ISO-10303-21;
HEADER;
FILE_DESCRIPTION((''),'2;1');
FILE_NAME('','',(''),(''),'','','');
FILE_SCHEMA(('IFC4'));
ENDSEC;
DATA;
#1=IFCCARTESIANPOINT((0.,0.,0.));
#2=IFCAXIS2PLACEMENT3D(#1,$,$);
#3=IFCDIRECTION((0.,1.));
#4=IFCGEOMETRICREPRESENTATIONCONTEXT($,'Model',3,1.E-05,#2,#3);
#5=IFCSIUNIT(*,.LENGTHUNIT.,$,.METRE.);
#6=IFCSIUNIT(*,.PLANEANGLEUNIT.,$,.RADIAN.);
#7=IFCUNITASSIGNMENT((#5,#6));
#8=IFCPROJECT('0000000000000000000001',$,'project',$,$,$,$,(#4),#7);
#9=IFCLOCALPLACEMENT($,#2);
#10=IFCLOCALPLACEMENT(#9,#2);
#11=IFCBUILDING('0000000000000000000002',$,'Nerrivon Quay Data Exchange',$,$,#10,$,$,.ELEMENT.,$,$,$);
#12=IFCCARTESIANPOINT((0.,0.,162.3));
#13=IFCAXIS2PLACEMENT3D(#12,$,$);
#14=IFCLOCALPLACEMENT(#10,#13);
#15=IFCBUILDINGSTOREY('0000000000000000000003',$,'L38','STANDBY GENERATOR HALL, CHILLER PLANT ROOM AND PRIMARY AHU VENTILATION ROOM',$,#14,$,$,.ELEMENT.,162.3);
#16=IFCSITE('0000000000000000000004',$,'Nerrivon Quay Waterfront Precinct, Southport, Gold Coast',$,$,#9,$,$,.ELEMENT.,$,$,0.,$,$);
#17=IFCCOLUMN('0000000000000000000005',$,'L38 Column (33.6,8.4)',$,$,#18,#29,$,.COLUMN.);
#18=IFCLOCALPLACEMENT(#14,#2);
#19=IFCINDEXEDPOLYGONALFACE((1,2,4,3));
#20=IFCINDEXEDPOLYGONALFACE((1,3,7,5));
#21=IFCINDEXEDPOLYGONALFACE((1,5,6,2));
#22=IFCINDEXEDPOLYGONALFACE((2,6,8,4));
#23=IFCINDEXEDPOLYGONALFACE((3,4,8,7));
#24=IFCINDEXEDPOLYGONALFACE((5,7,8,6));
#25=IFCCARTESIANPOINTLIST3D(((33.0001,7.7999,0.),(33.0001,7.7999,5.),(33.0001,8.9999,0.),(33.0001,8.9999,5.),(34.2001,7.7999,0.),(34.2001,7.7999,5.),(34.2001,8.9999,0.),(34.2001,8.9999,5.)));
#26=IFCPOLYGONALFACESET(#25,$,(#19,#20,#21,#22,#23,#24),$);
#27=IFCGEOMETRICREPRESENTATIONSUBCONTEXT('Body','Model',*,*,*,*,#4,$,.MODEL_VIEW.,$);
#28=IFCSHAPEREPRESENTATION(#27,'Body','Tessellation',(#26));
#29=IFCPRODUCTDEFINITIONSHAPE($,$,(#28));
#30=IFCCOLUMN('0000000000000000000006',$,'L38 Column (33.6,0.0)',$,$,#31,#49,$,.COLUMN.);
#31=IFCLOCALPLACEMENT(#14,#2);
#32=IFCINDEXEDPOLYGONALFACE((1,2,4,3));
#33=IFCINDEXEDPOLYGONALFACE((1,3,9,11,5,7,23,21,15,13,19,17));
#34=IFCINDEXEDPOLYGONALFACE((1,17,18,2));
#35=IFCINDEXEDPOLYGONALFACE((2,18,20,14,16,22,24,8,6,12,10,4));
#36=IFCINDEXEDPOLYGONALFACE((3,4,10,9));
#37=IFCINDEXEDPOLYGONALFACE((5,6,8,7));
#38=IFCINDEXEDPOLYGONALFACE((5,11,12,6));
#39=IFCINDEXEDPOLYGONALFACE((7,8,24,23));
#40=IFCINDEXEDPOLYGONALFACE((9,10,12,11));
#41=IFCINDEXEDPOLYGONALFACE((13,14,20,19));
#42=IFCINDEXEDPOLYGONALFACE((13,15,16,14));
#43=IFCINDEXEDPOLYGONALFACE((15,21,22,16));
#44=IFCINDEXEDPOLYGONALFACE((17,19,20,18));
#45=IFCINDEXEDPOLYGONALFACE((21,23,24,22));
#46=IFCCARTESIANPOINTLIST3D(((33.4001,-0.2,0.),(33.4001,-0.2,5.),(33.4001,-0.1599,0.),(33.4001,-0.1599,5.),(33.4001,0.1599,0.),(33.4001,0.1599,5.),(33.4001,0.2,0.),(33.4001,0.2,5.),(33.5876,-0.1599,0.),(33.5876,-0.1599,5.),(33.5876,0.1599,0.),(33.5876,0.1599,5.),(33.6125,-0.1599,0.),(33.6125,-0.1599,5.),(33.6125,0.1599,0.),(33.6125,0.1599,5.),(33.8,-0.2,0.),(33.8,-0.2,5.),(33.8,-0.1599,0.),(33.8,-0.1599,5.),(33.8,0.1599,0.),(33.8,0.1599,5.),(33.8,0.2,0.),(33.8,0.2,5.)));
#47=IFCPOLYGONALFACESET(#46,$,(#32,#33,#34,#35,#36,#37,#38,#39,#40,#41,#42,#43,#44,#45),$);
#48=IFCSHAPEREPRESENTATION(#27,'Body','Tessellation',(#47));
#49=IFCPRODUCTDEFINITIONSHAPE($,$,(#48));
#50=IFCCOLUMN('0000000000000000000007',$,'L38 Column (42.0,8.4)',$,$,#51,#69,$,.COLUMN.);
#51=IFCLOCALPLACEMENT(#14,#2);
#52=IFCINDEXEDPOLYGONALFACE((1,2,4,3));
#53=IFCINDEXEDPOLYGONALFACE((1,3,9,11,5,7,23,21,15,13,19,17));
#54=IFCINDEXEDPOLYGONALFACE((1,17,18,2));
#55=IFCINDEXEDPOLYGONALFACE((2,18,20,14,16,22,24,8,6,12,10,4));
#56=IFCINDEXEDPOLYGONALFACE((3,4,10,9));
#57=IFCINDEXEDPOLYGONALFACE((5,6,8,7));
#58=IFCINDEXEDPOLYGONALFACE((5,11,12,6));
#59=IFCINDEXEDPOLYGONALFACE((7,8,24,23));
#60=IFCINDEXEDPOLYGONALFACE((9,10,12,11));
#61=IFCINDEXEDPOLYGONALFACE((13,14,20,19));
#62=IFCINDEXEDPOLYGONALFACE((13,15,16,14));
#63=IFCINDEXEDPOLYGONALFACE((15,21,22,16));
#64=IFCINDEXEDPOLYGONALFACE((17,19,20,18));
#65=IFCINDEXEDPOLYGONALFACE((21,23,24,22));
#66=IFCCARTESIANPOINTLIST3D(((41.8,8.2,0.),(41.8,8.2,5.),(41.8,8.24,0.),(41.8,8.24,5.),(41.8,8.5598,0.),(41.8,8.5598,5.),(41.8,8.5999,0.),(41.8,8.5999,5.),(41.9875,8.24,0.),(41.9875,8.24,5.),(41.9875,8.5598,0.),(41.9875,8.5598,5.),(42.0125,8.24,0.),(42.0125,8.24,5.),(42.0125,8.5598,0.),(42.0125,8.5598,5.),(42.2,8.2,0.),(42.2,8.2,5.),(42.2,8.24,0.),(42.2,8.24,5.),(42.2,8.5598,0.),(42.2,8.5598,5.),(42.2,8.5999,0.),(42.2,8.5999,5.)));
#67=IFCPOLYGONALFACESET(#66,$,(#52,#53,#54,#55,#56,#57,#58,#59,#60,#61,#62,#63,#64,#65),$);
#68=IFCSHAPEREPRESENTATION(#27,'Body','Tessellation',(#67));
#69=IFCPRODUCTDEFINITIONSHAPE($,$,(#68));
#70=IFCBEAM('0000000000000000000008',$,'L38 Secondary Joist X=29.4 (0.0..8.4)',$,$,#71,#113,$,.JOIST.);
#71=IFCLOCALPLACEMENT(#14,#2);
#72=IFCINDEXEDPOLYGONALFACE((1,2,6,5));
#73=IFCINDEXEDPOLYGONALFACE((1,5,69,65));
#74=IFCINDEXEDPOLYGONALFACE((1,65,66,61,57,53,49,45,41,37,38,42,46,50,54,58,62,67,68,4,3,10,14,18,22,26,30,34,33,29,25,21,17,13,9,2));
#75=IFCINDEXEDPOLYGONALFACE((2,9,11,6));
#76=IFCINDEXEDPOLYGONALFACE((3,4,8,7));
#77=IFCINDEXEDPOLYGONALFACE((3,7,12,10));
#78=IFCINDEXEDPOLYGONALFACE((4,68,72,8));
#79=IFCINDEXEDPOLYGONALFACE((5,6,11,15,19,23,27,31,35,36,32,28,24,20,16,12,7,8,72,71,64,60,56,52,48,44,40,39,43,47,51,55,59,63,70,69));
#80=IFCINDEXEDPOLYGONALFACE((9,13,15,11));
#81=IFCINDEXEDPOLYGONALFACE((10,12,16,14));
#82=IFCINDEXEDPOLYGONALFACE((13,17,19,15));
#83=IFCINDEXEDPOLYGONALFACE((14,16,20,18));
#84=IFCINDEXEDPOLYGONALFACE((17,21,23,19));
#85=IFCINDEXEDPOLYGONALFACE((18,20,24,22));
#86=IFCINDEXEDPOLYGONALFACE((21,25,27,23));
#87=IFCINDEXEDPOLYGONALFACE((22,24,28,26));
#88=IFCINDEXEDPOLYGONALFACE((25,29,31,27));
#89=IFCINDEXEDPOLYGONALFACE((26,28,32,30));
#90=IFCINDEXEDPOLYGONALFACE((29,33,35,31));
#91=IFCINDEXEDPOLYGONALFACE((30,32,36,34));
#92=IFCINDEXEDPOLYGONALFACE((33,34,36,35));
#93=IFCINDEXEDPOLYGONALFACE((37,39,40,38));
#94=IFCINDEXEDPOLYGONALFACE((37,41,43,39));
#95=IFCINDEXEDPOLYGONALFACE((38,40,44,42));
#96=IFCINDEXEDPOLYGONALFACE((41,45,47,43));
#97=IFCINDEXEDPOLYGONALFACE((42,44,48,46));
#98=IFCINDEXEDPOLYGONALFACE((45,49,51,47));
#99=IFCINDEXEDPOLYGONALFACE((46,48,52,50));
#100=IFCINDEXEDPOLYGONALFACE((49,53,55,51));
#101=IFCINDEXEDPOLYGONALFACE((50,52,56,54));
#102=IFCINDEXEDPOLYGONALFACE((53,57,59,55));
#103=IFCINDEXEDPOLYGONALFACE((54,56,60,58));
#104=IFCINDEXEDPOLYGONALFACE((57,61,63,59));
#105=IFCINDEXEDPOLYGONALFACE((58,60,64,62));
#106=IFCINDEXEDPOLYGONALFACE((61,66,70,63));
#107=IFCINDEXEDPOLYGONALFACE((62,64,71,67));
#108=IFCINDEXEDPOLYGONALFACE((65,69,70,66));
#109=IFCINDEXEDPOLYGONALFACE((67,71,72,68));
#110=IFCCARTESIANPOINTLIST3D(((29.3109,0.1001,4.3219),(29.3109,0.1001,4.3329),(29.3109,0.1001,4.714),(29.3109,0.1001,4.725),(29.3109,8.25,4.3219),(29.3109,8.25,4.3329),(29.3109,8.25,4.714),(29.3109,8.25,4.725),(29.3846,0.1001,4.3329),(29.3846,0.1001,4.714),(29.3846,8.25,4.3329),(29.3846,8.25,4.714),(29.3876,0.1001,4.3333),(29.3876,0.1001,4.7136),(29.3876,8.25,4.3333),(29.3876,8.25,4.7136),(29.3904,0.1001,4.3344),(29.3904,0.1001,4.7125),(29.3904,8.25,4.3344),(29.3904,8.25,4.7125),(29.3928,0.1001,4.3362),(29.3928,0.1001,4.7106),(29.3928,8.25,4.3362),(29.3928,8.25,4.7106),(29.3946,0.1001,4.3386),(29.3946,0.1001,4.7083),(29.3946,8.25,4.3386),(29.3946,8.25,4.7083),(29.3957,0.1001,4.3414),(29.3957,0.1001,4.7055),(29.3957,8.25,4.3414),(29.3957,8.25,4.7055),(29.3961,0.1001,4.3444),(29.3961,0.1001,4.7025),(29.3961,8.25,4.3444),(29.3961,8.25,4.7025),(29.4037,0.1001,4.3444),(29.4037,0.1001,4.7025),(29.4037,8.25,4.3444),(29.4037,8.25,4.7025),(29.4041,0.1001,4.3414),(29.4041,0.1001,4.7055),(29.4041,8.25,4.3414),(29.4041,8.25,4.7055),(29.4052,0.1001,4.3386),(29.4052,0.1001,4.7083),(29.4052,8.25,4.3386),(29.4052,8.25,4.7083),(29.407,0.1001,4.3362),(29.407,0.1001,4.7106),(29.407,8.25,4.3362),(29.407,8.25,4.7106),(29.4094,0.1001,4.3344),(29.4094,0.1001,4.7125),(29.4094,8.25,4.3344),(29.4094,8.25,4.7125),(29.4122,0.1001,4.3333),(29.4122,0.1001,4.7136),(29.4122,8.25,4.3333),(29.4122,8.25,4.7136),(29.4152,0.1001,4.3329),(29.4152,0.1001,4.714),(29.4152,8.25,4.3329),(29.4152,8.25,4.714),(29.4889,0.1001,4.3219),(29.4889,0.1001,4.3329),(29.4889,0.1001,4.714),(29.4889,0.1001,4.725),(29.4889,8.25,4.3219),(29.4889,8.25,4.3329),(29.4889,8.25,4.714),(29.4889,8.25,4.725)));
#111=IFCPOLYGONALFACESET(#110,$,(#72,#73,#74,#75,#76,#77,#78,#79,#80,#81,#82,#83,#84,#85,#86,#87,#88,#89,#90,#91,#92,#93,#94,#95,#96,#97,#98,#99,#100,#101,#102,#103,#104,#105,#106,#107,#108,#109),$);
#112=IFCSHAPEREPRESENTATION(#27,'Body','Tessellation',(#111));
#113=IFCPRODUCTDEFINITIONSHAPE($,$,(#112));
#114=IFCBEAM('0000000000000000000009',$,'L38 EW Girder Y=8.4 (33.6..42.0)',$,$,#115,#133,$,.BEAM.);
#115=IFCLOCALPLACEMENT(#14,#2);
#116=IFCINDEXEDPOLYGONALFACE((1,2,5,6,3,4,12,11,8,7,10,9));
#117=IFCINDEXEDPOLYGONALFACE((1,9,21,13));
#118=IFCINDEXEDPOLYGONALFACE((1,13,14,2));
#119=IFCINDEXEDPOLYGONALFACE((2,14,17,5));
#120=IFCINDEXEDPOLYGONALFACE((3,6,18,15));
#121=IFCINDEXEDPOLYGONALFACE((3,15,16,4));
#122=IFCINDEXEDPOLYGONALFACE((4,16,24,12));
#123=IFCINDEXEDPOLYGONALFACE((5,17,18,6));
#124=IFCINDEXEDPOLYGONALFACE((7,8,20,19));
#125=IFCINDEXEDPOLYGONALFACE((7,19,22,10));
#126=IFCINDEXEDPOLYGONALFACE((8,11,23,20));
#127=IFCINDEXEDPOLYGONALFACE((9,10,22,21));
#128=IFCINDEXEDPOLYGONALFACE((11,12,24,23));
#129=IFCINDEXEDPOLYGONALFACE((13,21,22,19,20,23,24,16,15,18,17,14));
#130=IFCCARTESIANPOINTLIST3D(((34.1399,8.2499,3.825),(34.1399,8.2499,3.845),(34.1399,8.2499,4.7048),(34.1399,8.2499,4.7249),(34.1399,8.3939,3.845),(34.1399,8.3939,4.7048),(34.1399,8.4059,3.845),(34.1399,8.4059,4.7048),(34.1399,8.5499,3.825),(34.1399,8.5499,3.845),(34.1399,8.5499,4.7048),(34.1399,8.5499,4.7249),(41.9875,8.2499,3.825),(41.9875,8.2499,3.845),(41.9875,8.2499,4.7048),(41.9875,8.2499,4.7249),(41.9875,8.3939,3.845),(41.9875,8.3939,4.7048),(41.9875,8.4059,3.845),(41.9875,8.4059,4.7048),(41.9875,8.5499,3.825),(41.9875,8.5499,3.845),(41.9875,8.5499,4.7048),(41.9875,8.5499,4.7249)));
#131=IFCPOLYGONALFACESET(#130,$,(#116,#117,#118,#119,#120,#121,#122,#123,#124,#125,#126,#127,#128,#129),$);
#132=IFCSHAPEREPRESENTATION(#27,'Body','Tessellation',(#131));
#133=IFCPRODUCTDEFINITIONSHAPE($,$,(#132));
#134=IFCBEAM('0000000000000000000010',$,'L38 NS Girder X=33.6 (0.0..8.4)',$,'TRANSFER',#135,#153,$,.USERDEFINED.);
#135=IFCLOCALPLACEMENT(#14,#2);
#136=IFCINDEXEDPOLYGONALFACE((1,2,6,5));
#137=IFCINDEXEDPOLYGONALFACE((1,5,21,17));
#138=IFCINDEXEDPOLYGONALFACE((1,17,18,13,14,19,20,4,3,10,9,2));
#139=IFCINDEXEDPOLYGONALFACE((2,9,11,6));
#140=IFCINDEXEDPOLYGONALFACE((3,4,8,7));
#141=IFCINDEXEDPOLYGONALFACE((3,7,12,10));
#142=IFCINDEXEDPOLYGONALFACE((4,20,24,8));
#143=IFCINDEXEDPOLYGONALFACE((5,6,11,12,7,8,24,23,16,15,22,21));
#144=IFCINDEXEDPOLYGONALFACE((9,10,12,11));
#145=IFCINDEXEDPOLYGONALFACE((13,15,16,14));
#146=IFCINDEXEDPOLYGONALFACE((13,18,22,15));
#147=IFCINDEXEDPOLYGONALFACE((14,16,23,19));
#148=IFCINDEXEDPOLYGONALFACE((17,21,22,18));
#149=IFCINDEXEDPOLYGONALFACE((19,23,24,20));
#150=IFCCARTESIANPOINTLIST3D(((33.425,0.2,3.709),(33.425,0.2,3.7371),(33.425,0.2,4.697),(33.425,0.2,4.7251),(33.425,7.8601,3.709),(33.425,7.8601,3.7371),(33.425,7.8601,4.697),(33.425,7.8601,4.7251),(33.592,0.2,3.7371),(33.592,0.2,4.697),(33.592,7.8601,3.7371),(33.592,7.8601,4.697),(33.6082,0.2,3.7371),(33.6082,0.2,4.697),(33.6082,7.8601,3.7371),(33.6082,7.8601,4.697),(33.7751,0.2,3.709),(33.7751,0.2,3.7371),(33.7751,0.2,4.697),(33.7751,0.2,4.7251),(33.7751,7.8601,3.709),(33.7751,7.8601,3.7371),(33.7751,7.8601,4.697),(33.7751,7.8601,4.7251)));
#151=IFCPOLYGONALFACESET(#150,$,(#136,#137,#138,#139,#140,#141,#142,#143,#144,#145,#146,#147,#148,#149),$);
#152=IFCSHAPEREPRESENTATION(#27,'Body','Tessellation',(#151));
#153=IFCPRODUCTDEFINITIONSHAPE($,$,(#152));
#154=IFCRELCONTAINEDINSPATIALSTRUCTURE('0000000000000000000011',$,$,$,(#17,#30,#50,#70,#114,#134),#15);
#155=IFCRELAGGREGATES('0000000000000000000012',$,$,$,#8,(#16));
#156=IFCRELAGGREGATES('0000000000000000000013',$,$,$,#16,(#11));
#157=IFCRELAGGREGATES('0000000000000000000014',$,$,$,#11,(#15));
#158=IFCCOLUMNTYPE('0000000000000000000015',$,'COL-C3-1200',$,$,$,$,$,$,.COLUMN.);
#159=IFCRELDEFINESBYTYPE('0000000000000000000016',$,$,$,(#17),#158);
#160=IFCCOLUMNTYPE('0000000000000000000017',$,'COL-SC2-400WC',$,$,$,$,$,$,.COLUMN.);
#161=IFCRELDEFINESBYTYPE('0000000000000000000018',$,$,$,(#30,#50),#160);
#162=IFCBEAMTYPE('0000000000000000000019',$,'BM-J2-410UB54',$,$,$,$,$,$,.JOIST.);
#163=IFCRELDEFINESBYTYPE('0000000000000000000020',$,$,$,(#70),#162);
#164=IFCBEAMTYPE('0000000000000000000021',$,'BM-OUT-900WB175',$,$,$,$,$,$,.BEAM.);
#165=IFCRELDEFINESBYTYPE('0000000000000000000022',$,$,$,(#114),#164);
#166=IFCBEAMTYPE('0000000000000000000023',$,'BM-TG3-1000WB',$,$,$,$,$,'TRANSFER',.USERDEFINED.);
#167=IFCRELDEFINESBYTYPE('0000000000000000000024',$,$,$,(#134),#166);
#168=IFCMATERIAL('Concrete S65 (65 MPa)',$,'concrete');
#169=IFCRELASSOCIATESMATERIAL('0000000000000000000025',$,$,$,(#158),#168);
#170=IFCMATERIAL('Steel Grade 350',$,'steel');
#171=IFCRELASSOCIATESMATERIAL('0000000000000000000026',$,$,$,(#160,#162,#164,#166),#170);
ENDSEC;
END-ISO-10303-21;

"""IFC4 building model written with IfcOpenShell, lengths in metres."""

from ifc_helpers import new_model, si_unit, direction, frame, origin, origin_2d, place, context, subcontext, project, spatial, rectangle, i_section, extrude, material, material_profile, profile_set, type_object, element, save


model = new_model("IFC4")

# Units and contexts
model_context = context("Model", 3, precision=1e-05, world=origin(), true_north=direction((0.0, 1.0)))
body_context = subcontext(model_context, "Body", "Model", "MODEL_VIEW")
ifc_project = project(units=[si_unit("LENGTHUNIT", "METRE"), si_unit("PLANEANGLEUNIT", "RADIAN")], contexts=[model_context])

# Site, building, storey
site_placement = place(None, origin())
site = spatial("IfcSite", under=ifc_project, at=site_placement, Name="Nerrivon Quay Waterfront Precinct, Southport, Gold Coast", CompositionType="ELEMENT", RefElevation=0.0)
building_placement = place(site_placement, origin())
building = spatial("IfcBuilding", under=site, at=building_placement, Name="Nerrivon Quay Data Exchange", CompositionType="ELEMENT")
storey_placement = place(building_placement, frame((0.0, 0.0, 162.3)))
storey = spatial("IfcBuildingStorey", under=building, at=storey_placement, Name="L38", Description="STANDBY GENERATOR HALL, CHILLER PLANT ROOM AND PRIMARY AHU VENTILATION ROOM", CompositionType="ELEMENT", Elevation=162.3)

# Columns
ifc_material_1 = material(Name="Concrete S65 (65 MPa)", Category="concrete")
ifc_material_profile_1 = material_profile(ifc_material_1, rectangle(XDim=1.2, YDim=1.2, at=origin_2d()), Name="RC-COL-1200x1200")
ifc_profile_set_1 = profile_set([ifc_material_profile_1], Name="Concrete S65 (65 MPa)")
column_type_1 = type_object("IfcColumnType", Name="COL-C3-1200", PredefinedType="COLUMN", material=ifc_profile_set_1)
column_placement = place(storey_placement, frame((33.6001, 8.3999, 0.0), z_axis=(0.0, 0.0, 1.0), x_axis=(1.0, 0.0, 0.0)))
element("IfcColumn", 1, at=column_placement, inside=storey, type_object=column_type_1, Name="L38 Column (33.6,8.4)", PredefinedType="COLUMN", context=body_context, shape_type="SweptSolid", body=[
    extrude(rectangle(XDim=1.2, YDim=1.2, at=origin_2d()), origin(), (0.0, 0.0, 1.0), 5.0),
])
ifc_material_2 = material(Name="Steel Grade 350", Category="steel")
ifc_material_profile_2 = material_profile(ifc_material_2, i_section(OverallWidth=0.3999, OverallDepth=0.3999, WebThickness=0.0249, FlangeThickness=0.04, at=origin_2d()), Name="400WC328")
ifc_profile_set_2 = profile_set([ifc_material_profile_2], Name="Steel Grade 350")
column_type_2 = type_object("IfcColumnType", Name="COL-SC2-400WC", PredefinedType="COLUMN", material=ifc_profile_set_2)
for number, where, z_axis, x_axis, name in (
    (2, (33.6001, 0.0, 0.0), (0.0, 0.0, 1.0), (1.0, 0.0, 0.0), "L38 Column (33.6,0.0)"),
    (3, (42.0, 8.3999, 0.0), (0.0, 0.0, 1.0), (1.0, 0.0, 0.0), "L38 Column (42.0,8.4)"),
):
    element("IfcColumn", number, at=place(storey_placement, frame(where, z_axis=z_axis, x_axis=x_axis)), inside=storey, type_object=column_type_2, Name=name, PredefinedType="COLUMN", context=body_context, shape_type="SweptSolid", body=[
        extrude(i_section(OverallWidth=0.3999, OverallDepth=0.3999, WebThickness=0.0249, FlangeThickness=0.04, at=origin_2d()), origin(), (0.0, 0.0, 1.0), 5.0),
    ])

# Beams
ifc_material_profile_3 = material_profile(ifc_material_2, i_section(OverallWidth=0.178, OverallDepth=0.4031, WebThickness=0.0076, FlangeThickness=0.011, FilletRadius=0.0115, at=origin_2d()), Name="410UB53.7")
ifc_profile_set_3 = profile_set([ifc_material_profile_3], Name="Steel Grade 350")
beam_type_1 = type_object("IfcBeamType", Name="BM-J2-410UB54", PredefinedType="JOIST", material=ifc_profile_set_3)
beam_1_placement = place(storey_placement, frame((29.3999, 0.1001, 4.5234), z_axis=(0.0, 1.0, 0.0), x_axis=(-1.0, 0.0, 0.0)))
element("IfcBeam", 4, at=beam_1_placement, inside=storey, type_object=beam_type_1, Name="L38 Secondary Joist X=29.4 (0.0..8.4)", PredefinedType="JOIST", context=body_context, shape_type="SweptSolid", body=[
    extrude(i_section(OverallWidth=0.178, OverallDepth=0.4031, WebThickness=0.0076, FlangeThickness=0.011, FilletRadius=0.0115, at=origin_2d()), origin(), (0.0, 0.0, 1.0), 8.1499),
])
ifc_material_profile_4 = material_profile(ifc_material_2, i_section(OverallWidth=0.3, OverallDepth=0.8999, WebThickness=0.012, FlangeThickness=0.02, at=origin_2d()), Name="900WB175")
ifc_profile_set_4 = profile_set([ifc_material_profile_4], Name="Steel Grade 350")
beam_type_2 = type_object("IfcBeamType", Name="BM-OUT-900WB175", PredefinedType="BEAM", material=ifc_profile_set_4)
beam_2_placement = place(storey_placement, frame((34.1399, 8.3999, 4.2749), z_axis=(1.0, 0.0, 0.0), x_axis=(0.0, 1.0, 0.0)))
element("IfcBeam", 5, at=beam_2_placement, inside=storey, type_object=beam_type_2, Name="L38 EW Girder Y=8.4 (33.6..42.0)", PredefinedType="BEAM", context=body_context, shape_type="SweptSolid", body=[
    extrude(i_section(OverallWidth=0.3, OverallDepth=0.8999, WebThickness=0.012, FlangeThickness=0.02, at=origin_2d()), origin(), (0.0, 0.0, 1.0), 7.8477),
])
ifc_material_profile_5 = material_profile(ifc_material_2, i_section(OverallWidth=0.3501, OverallDepth=1.0161, WebThickness=0.0161, FlangeThickness=0.0281, at=origin_2d()), Name="1000WB258")
ifc_profile_set_5 = profile_set([ifc_material_profile_5], Name="Steel Grade 350")
beam_type_3 = type_object("IfcBeamType", Name="BM-TG3-1000WB", ElementType="TRANSFER", PredefinedType="USERDEFINED", material=ifc_profile_set_5)
beam_3_placement = place(storey_placement, frame((33.6001, 0.2, 4.217), z_axis=(0.0, 1.0, 0.0), x_axis=(-1.0, 0.0, 0.0)))
element("IfcBeam", 6, at=beam_3_placement, inside=storey, type_object=beam_type_3, Name="L38 NS Girder X=33.6 (0.0..8.4)", ObjectType="TRANSFER", PredefinedType="USERDEFINED", context=body_context, shape_type="SweptSolid", body=[
    extrude(i_section(OverallWidth=0.3501, OverallDepth=1.0161, WebThickness=0.0161, FlangeThickness=0.0281, at=origin_2d()), origin(), (0.0, 0.0, 1.0), 7.6602),
])

save(model, "model.ifc")
